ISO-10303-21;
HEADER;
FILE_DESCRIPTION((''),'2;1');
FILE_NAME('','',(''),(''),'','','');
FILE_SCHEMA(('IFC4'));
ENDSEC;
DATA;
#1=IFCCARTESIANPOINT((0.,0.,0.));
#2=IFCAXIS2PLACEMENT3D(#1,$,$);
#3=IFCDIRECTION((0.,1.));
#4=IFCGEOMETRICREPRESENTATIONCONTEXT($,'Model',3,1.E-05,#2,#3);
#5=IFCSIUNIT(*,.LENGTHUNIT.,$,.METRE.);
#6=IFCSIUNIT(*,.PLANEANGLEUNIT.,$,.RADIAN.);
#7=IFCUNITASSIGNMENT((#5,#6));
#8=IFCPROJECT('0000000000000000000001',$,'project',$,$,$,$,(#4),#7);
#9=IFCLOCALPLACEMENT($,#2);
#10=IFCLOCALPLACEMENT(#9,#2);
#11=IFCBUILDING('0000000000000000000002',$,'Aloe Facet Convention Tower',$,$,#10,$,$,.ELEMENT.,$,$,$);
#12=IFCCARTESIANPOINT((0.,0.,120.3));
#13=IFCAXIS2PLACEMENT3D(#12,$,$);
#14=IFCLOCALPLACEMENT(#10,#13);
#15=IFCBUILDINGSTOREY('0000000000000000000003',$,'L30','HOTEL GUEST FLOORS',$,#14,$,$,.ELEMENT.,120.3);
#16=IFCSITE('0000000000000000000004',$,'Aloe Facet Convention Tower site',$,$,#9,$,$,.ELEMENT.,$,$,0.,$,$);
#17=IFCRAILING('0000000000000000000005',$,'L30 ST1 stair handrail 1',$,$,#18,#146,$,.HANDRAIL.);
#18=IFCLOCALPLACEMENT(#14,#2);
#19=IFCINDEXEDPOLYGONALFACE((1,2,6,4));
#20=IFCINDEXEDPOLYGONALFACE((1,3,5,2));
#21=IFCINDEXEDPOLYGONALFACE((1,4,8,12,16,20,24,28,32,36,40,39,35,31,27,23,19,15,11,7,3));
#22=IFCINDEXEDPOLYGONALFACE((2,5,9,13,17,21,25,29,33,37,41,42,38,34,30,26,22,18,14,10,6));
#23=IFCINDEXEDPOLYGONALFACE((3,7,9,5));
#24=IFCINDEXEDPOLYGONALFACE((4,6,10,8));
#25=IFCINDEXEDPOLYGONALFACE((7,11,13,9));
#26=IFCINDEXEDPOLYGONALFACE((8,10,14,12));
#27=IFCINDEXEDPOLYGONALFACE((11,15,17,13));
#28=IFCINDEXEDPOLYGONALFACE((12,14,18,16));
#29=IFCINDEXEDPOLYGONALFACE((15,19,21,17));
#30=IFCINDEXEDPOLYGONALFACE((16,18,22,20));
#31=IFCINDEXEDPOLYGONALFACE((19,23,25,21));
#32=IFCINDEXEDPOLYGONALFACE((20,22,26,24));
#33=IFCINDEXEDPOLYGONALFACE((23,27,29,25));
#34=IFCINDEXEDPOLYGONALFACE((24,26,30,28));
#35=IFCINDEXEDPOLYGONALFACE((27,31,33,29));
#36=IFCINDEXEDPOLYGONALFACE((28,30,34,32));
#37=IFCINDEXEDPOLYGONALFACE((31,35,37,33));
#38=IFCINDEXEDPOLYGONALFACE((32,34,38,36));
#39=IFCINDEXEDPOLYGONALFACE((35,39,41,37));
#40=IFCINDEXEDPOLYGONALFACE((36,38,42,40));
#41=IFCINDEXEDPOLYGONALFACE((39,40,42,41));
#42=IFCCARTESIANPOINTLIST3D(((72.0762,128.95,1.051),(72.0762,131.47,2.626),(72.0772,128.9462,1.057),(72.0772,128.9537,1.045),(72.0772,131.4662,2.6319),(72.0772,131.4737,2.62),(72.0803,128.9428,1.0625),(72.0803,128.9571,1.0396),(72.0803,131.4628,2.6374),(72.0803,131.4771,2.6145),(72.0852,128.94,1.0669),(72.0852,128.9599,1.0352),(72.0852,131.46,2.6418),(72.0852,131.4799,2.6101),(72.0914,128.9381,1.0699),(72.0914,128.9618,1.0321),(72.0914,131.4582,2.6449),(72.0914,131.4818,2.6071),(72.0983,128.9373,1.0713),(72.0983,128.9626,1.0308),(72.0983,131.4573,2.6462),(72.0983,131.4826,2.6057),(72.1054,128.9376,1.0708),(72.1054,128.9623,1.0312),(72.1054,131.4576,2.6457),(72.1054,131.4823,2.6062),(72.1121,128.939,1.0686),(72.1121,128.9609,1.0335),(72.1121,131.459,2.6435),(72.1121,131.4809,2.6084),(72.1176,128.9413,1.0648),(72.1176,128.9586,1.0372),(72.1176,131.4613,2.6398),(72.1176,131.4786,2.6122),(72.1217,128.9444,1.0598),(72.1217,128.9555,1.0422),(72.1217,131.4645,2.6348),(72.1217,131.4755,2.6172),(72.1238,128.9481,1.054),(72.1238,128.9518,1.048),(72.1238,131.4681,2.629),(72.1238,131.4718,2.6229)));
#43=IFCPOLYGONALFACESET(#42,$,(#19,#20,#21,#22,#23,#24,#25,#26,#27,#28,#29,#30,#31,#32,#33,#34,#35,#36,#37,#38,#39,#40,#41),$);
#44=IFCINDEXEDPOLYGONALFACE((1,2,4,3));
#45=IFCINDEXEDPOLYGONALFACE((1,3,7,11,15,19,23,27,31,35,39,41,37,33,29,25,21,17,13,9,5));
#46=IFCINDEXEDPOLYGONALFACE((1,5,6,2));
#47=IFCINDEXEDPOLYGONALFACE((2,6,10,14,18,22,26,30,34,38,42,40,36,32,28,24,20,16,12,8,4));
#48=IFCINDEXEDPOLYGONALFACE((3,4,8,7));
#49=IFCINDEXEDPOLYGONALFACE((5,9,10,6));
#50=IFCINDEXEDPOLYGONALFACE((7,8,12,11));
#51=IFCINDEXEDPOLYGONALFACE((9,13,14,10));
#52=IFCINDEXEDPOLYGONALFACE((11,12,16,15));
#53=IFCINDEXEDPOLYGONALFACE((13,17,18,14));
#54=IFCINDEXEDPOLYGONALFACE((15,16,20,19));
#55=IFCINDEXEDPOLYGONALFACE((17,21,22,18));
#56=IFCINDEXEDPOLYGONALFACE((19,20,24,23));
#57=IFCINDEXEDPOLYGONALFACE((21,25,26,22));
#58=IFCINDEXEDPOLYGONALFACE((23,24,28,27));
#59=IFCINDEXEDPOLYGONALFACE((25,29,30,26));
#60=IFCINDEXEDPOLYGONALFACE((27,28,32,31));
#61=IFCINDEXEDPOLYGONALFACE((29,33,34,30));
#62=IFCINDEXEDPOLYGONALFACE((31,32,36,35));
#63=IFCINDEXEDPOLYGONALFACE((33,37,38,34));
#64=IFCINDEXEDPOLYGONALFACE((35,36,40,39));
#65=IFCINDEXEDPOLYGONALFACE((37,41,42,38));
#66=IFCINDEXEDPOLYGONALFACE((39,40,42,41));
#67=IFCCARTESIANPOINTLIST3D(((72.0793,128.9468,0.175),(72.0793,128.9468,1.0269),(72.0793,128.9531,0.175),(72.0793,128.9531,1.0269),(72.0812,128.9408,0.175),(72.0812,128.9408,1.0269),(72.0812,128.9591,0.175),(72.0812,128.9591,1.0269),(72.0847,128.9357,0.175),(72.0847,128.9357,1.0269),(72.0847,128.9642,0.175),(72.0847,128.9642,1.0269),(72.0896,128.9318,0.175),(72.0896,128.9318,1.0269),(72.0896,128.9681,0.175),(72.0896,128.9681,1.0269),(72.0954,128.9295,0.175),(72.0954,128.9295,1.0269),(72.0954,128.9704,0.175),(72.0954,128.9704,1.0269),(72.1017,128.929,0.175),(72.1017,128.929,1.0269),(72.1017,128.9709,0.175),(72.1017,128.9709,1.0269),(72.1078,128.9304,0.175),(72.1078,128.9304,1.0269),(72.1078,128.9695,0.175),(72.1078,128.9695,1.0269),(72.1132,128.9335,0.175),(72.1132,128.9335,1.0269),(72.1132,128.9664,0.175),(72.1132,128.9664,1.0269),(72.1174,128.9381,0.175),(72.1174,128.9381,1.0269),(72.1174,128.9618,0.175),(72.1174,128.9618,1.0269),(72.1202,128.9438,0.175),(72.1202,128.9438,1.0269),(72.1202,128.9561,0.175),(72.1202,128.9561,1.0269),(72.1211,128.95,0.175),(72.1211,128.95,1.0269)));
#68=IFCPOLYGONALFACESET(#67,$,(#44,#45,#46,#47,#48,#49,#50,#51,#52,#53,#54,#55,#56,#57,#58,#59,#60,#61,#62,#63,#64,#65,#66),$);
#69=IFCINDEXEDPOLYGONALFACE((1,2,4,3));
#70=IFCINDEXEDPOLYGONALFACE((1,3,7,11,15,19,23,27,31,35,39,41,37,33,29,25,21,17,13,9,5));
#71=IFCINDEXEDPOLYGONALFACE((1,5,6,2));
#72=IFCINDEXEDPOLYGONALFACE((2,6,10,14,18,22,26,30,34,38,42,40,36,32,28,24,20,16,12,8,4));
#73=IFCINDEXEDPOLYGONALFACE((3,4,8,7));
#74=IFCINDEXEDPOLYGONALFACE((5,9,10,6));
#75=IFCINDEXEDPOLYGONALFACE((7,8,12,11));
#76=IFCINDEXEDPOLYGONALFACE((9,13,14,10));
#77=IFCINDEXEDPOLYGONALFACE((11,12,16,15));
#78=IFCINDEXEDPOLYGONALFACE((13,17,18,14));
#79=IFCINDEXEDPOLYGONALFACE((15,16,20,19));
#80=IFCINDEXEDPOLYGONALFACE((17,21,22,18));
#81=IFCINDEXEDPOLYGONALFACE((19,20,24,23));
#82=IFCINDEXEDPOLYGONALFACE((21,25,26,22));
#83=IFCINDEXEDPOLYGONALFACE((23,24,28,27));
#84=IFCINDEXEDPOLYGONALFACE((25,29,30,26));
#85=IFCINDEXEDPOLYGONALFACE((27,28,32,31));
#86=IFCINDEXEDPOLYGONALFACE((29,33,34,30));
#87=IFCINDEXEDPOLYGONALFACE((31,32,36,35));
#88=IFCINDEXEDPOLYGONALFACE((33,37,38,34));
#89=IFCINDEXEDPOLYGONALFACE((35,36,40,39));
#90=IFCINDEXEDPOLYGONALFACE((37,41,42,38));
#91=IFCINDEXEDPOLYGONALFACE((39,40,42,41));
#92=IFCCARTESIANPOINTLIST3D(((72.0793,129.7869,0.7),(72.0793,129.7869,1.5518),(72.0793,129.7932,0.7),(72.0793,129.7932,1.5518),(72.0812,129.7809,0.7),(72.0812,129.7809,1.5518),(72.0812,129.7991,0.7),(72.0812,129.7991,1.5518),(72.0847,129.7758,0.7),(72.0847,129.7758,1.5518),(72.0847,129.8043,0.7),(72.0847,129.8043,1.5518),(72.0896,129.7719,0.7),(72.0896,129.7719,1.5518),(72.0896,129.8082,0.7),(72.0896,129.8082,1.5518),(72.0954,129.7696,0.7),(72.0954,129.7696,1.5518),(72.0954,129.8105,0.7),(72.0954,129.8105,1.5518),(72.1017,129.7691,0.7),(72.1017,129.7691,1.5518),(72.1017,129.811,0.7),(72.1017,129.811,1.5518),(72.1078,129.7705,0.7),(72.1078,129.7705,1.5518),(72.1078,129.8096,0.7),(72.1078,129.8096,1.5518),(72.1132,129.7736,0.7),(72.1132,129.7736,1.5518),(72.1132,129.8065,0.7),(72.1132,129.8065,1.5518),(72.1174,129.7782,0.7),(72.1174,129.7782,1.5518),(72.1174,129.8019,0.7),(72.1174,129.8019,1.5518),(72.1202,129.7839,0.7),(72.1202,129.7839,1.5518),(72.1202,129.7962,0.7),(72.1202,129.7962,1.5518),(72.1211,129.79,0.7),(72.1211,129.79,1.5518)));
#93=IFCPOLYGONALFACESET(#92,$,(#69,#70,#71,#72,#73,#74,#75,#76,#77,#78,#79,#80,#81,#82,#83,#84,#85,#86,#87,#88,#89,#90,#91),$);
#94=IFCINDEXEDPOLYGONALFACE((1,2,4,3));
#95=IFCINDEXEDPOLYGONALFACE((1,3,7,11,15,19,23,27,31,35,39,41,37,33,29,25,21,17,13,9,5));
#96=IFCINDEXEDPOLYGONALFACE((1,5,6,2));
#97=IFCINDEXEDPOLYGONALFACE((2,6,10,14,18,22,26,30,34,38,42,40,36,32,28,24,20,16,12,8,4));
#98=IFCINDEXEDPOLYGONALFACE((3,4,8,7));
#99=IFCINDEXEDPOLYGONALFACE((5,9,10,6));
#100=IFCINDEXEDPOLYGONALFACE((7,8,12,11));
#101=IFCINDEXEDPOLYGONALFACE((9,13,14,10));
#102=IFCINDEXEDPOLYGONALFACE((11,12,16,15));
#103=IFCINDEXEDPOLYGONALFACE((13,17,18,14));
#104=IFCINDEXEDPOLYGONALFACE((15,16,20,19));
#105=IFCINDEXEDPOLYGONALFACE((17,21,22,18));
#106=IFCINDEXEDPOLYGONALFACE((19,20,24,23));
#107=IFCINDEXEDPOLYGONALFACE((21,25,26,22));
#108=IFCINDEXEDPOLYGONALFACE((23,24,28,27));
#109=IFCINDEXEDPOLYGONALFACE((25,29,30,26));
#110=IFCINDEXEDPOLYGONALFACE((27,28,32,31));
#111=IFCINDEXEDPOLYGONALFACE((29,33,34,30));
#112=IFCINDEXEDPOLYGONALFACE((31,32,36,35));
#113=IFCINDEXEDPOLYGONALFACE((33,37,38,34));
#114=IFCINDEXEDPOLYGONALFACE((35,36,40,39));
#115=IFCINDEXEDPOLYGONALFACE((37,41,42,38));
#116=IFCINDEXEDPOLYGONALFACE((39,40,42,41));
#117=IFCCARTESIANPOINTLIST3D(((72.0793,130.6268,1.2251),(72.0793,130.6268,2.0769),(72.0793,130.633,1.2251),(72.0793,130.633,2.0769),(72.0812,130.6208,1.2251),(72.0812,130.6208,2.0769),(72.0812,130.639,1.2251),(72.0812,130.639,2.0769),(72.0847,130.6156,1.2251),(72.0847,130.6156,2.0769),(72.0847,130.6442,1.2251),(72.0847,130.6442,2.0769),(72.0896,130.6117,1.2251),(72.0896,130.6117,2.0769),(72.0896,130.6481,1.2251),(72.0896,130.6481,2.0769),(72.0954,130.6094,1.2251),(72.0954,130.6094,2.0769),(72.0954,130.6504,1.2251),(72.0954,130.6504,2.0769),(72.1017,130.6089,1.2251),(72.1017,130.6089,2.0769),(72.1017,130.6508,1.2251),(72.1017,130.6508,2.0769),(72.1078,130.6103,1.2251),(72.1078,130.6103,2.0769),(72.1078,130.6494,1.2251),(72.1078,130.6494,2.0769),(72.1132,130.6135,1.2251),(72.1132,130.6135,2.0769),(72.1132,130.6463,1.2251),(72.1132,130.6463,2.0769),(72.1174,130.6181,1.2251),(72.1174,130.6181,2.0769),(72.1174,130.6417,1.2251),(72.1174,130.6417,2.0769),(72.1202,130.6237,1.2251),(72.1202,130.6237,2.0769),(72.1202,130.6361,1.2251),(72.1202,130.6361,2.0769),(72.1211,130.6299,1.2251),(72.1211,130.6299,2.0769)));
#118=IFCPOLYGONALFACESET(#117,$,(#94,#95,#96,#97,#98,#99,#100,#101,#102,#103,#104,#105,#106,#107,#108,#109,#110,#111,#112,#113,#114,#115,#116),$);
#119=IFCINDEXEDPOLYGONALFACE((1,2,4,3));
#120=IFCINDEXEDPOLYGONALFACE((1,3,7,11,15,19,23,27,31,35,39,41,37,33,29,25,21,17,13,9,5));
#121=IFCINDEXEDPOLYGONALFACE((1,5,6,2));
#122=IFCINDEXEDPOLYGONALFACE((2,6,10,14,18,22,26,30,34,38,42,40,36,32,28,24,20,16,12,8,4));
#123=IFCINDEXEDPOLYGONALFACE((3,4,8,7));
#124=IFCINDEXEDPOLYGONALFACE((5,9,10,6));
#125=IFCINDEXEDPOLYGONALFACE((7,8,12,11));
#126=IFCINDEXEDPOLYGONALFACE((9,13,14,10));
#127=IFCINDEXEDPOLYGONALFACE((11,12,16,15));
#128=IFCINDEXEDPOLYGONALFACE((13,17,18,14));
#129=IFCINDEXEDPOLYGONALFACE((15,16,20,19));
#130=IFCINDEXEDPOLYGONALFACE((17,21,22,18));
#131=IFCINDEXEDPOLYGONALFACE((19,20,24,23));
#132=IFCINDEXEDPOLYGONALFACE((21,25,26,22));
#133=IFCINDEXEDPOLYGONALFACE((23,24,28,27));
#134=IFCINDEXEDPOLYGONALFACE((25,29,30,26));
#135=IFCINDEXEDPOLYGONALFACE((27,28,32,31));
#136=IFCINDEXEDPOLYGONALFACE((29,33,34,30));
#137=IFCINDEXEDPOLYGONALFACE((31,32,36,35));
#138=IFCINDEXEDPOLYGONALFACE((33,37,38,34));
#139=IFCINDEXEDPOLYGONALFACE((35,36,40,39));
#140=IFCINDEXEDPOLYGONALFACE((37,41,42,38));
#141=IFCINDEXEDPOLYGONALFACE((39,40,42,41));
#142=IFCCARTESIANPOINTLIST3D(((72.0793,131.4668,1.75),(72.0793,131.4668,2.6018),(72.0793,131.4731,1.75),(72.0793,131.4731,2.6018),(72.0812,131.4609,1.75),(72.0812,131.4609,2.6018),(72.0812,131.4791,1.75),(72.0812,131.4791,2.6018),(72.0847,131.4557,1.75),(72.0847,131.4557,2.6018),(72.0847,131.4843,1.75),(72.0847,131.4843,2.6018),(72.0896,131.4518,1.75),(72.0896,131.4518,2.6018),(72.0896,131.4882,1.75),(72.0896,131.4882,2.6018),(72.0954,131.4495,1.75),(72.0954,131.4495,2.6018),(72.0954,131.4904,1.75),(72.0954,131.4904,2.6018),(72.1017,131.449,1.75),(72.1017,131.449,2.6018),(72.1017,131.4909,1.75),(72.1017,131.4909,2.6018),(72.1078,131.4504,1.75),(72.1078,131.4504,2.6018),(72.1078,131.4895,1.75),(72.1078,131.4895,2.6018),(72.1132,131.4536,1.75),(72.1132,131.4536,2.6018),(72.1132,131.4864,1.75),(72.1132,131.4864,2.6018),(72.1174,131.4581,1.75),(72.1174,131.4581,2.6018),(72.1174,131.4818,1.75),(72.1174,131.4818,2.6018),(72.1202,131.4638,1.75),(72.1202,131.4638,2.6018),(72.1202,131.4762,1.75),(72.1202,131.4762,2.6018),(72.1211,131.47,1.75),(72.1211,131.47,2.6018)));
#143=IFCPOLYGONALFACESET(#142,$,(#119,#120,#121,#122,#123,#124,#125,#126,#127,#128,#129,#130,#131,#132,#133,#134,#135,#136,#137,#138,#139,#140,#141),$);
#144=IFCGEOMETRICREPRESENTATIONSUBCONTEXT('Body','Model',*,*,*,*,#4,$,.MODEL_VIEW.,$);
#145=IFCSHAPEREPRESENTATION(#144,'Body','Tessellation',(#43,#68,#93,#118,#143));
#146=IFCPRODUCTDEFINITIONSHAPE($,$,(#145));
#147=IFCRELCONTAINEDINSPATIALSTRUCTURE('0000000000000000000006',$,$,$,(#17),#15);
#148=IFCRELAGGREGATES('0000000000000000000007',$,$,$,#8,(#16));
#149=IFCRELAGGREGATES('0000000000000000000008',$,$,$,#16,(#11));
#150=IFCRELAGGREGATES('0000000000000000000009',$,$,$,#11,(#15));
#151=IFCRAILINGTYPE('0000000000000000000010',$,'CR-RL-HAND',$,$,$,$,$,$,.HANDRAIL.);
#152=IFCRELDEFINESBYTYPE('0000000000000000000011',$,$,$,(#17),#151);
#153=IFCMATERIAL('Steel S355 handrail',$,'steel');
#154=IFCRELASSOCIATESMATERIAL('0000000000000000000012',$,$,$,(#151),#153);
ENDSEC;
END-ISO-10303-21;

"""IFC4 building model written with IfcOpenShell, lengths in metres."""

from ifc_helpers import new_model, si_unit, direction, frame, origin, origin_2d, place, context, subcontext, project, spatial, circle, extrude, material, type_object, element, save


model = new_model("IFC4")

# Units and contexts
model_context = context("Model", 3, precision=1e-05, world=origin(), true_north=direction((0.0, 1.0)))
body_context = subcontext(model_context, "Body", "Model", "MODEL_VIEW")
ifc_project = project(units=[si_unit("LENGTHUNIT", "METRE"), si_unit("PLANEANGLEUNIT", "RADIAN")], contexts=[model_context])

# Site, building, storey
site_placement = place(None, origin())
site = spatial("IfcSite", under=ifc_project, at=site_placement, Name="Aloe Facet Convention Tower site", CompositionType="ELEMENT", RefElevation=0.0)
building_placement = place(site_placement, origin())
building = spatial("IfcBuilding", under=site, at=building_placement, Name="Aloe Facet Convention Tower", CompositionType="ELEMENT")
storey_placement = place(building_placement, frame((0.0, 0.0, 120.3)))
storey = spatial("IfcBuildingStorey", under=building, at=storey_placement, Name="L30", Description="HOTEL GUEST FLOORS", CompositionType="ELEMENT", Elevation=120.3)

# Railing
ifc_material_1 = material(Name="Steel S355 handrail", Category="steel")
railing_type_1 = type_object("IfcRailingType", Name="CR-RL-HAND", PredefinedType="HANDRAIL", material=ifc_material_1)
railing_1_placement = place(storey_placement, frame((72.1001, 128.95, 0.175)))
element("IfcRailing", 1, at=railing_1_placement, inside=storey, type_object=railing_type_1, Name="L30 ST1 stair handrail 1", PredefinedType="HANDRAIL", context=body_context, shape_type="SweptSolid", body=[
    extrude(circle(Radius=0.0239, at=origin_2d()), frame((0.0, 0.0, 0.876), z_axis=(0.0, 0.848008, 0.529984), x_axis=(-1.0, 0.0, 0.0)), (0.0, 0.0, 1.0), 2.9717),
    extrude(circle(Radius=0.021, at=origin_2d()), origin(), (0.0, 0.0, 1.0), 0.8518),
    extrude(circle(Radius=0.021, at=origin_2d()), frame((0.0, 0.8401, 0.5249)), (0.0, 0.0, 1.0), 0.8518),
    extrude(circle(Radius=0.021, at=origin_2d()), frame((0.0, 1.6799, 1.05)), (0.0, 0.0, 1.0), 0.8518),
    extrude(circle(Radius=0.021, at=origin_2d()), frame((0.0, 2.52, 1.575)), (0.0, 0.0, 1.0), 0.8518),
])

save(model, "model.ifc")
